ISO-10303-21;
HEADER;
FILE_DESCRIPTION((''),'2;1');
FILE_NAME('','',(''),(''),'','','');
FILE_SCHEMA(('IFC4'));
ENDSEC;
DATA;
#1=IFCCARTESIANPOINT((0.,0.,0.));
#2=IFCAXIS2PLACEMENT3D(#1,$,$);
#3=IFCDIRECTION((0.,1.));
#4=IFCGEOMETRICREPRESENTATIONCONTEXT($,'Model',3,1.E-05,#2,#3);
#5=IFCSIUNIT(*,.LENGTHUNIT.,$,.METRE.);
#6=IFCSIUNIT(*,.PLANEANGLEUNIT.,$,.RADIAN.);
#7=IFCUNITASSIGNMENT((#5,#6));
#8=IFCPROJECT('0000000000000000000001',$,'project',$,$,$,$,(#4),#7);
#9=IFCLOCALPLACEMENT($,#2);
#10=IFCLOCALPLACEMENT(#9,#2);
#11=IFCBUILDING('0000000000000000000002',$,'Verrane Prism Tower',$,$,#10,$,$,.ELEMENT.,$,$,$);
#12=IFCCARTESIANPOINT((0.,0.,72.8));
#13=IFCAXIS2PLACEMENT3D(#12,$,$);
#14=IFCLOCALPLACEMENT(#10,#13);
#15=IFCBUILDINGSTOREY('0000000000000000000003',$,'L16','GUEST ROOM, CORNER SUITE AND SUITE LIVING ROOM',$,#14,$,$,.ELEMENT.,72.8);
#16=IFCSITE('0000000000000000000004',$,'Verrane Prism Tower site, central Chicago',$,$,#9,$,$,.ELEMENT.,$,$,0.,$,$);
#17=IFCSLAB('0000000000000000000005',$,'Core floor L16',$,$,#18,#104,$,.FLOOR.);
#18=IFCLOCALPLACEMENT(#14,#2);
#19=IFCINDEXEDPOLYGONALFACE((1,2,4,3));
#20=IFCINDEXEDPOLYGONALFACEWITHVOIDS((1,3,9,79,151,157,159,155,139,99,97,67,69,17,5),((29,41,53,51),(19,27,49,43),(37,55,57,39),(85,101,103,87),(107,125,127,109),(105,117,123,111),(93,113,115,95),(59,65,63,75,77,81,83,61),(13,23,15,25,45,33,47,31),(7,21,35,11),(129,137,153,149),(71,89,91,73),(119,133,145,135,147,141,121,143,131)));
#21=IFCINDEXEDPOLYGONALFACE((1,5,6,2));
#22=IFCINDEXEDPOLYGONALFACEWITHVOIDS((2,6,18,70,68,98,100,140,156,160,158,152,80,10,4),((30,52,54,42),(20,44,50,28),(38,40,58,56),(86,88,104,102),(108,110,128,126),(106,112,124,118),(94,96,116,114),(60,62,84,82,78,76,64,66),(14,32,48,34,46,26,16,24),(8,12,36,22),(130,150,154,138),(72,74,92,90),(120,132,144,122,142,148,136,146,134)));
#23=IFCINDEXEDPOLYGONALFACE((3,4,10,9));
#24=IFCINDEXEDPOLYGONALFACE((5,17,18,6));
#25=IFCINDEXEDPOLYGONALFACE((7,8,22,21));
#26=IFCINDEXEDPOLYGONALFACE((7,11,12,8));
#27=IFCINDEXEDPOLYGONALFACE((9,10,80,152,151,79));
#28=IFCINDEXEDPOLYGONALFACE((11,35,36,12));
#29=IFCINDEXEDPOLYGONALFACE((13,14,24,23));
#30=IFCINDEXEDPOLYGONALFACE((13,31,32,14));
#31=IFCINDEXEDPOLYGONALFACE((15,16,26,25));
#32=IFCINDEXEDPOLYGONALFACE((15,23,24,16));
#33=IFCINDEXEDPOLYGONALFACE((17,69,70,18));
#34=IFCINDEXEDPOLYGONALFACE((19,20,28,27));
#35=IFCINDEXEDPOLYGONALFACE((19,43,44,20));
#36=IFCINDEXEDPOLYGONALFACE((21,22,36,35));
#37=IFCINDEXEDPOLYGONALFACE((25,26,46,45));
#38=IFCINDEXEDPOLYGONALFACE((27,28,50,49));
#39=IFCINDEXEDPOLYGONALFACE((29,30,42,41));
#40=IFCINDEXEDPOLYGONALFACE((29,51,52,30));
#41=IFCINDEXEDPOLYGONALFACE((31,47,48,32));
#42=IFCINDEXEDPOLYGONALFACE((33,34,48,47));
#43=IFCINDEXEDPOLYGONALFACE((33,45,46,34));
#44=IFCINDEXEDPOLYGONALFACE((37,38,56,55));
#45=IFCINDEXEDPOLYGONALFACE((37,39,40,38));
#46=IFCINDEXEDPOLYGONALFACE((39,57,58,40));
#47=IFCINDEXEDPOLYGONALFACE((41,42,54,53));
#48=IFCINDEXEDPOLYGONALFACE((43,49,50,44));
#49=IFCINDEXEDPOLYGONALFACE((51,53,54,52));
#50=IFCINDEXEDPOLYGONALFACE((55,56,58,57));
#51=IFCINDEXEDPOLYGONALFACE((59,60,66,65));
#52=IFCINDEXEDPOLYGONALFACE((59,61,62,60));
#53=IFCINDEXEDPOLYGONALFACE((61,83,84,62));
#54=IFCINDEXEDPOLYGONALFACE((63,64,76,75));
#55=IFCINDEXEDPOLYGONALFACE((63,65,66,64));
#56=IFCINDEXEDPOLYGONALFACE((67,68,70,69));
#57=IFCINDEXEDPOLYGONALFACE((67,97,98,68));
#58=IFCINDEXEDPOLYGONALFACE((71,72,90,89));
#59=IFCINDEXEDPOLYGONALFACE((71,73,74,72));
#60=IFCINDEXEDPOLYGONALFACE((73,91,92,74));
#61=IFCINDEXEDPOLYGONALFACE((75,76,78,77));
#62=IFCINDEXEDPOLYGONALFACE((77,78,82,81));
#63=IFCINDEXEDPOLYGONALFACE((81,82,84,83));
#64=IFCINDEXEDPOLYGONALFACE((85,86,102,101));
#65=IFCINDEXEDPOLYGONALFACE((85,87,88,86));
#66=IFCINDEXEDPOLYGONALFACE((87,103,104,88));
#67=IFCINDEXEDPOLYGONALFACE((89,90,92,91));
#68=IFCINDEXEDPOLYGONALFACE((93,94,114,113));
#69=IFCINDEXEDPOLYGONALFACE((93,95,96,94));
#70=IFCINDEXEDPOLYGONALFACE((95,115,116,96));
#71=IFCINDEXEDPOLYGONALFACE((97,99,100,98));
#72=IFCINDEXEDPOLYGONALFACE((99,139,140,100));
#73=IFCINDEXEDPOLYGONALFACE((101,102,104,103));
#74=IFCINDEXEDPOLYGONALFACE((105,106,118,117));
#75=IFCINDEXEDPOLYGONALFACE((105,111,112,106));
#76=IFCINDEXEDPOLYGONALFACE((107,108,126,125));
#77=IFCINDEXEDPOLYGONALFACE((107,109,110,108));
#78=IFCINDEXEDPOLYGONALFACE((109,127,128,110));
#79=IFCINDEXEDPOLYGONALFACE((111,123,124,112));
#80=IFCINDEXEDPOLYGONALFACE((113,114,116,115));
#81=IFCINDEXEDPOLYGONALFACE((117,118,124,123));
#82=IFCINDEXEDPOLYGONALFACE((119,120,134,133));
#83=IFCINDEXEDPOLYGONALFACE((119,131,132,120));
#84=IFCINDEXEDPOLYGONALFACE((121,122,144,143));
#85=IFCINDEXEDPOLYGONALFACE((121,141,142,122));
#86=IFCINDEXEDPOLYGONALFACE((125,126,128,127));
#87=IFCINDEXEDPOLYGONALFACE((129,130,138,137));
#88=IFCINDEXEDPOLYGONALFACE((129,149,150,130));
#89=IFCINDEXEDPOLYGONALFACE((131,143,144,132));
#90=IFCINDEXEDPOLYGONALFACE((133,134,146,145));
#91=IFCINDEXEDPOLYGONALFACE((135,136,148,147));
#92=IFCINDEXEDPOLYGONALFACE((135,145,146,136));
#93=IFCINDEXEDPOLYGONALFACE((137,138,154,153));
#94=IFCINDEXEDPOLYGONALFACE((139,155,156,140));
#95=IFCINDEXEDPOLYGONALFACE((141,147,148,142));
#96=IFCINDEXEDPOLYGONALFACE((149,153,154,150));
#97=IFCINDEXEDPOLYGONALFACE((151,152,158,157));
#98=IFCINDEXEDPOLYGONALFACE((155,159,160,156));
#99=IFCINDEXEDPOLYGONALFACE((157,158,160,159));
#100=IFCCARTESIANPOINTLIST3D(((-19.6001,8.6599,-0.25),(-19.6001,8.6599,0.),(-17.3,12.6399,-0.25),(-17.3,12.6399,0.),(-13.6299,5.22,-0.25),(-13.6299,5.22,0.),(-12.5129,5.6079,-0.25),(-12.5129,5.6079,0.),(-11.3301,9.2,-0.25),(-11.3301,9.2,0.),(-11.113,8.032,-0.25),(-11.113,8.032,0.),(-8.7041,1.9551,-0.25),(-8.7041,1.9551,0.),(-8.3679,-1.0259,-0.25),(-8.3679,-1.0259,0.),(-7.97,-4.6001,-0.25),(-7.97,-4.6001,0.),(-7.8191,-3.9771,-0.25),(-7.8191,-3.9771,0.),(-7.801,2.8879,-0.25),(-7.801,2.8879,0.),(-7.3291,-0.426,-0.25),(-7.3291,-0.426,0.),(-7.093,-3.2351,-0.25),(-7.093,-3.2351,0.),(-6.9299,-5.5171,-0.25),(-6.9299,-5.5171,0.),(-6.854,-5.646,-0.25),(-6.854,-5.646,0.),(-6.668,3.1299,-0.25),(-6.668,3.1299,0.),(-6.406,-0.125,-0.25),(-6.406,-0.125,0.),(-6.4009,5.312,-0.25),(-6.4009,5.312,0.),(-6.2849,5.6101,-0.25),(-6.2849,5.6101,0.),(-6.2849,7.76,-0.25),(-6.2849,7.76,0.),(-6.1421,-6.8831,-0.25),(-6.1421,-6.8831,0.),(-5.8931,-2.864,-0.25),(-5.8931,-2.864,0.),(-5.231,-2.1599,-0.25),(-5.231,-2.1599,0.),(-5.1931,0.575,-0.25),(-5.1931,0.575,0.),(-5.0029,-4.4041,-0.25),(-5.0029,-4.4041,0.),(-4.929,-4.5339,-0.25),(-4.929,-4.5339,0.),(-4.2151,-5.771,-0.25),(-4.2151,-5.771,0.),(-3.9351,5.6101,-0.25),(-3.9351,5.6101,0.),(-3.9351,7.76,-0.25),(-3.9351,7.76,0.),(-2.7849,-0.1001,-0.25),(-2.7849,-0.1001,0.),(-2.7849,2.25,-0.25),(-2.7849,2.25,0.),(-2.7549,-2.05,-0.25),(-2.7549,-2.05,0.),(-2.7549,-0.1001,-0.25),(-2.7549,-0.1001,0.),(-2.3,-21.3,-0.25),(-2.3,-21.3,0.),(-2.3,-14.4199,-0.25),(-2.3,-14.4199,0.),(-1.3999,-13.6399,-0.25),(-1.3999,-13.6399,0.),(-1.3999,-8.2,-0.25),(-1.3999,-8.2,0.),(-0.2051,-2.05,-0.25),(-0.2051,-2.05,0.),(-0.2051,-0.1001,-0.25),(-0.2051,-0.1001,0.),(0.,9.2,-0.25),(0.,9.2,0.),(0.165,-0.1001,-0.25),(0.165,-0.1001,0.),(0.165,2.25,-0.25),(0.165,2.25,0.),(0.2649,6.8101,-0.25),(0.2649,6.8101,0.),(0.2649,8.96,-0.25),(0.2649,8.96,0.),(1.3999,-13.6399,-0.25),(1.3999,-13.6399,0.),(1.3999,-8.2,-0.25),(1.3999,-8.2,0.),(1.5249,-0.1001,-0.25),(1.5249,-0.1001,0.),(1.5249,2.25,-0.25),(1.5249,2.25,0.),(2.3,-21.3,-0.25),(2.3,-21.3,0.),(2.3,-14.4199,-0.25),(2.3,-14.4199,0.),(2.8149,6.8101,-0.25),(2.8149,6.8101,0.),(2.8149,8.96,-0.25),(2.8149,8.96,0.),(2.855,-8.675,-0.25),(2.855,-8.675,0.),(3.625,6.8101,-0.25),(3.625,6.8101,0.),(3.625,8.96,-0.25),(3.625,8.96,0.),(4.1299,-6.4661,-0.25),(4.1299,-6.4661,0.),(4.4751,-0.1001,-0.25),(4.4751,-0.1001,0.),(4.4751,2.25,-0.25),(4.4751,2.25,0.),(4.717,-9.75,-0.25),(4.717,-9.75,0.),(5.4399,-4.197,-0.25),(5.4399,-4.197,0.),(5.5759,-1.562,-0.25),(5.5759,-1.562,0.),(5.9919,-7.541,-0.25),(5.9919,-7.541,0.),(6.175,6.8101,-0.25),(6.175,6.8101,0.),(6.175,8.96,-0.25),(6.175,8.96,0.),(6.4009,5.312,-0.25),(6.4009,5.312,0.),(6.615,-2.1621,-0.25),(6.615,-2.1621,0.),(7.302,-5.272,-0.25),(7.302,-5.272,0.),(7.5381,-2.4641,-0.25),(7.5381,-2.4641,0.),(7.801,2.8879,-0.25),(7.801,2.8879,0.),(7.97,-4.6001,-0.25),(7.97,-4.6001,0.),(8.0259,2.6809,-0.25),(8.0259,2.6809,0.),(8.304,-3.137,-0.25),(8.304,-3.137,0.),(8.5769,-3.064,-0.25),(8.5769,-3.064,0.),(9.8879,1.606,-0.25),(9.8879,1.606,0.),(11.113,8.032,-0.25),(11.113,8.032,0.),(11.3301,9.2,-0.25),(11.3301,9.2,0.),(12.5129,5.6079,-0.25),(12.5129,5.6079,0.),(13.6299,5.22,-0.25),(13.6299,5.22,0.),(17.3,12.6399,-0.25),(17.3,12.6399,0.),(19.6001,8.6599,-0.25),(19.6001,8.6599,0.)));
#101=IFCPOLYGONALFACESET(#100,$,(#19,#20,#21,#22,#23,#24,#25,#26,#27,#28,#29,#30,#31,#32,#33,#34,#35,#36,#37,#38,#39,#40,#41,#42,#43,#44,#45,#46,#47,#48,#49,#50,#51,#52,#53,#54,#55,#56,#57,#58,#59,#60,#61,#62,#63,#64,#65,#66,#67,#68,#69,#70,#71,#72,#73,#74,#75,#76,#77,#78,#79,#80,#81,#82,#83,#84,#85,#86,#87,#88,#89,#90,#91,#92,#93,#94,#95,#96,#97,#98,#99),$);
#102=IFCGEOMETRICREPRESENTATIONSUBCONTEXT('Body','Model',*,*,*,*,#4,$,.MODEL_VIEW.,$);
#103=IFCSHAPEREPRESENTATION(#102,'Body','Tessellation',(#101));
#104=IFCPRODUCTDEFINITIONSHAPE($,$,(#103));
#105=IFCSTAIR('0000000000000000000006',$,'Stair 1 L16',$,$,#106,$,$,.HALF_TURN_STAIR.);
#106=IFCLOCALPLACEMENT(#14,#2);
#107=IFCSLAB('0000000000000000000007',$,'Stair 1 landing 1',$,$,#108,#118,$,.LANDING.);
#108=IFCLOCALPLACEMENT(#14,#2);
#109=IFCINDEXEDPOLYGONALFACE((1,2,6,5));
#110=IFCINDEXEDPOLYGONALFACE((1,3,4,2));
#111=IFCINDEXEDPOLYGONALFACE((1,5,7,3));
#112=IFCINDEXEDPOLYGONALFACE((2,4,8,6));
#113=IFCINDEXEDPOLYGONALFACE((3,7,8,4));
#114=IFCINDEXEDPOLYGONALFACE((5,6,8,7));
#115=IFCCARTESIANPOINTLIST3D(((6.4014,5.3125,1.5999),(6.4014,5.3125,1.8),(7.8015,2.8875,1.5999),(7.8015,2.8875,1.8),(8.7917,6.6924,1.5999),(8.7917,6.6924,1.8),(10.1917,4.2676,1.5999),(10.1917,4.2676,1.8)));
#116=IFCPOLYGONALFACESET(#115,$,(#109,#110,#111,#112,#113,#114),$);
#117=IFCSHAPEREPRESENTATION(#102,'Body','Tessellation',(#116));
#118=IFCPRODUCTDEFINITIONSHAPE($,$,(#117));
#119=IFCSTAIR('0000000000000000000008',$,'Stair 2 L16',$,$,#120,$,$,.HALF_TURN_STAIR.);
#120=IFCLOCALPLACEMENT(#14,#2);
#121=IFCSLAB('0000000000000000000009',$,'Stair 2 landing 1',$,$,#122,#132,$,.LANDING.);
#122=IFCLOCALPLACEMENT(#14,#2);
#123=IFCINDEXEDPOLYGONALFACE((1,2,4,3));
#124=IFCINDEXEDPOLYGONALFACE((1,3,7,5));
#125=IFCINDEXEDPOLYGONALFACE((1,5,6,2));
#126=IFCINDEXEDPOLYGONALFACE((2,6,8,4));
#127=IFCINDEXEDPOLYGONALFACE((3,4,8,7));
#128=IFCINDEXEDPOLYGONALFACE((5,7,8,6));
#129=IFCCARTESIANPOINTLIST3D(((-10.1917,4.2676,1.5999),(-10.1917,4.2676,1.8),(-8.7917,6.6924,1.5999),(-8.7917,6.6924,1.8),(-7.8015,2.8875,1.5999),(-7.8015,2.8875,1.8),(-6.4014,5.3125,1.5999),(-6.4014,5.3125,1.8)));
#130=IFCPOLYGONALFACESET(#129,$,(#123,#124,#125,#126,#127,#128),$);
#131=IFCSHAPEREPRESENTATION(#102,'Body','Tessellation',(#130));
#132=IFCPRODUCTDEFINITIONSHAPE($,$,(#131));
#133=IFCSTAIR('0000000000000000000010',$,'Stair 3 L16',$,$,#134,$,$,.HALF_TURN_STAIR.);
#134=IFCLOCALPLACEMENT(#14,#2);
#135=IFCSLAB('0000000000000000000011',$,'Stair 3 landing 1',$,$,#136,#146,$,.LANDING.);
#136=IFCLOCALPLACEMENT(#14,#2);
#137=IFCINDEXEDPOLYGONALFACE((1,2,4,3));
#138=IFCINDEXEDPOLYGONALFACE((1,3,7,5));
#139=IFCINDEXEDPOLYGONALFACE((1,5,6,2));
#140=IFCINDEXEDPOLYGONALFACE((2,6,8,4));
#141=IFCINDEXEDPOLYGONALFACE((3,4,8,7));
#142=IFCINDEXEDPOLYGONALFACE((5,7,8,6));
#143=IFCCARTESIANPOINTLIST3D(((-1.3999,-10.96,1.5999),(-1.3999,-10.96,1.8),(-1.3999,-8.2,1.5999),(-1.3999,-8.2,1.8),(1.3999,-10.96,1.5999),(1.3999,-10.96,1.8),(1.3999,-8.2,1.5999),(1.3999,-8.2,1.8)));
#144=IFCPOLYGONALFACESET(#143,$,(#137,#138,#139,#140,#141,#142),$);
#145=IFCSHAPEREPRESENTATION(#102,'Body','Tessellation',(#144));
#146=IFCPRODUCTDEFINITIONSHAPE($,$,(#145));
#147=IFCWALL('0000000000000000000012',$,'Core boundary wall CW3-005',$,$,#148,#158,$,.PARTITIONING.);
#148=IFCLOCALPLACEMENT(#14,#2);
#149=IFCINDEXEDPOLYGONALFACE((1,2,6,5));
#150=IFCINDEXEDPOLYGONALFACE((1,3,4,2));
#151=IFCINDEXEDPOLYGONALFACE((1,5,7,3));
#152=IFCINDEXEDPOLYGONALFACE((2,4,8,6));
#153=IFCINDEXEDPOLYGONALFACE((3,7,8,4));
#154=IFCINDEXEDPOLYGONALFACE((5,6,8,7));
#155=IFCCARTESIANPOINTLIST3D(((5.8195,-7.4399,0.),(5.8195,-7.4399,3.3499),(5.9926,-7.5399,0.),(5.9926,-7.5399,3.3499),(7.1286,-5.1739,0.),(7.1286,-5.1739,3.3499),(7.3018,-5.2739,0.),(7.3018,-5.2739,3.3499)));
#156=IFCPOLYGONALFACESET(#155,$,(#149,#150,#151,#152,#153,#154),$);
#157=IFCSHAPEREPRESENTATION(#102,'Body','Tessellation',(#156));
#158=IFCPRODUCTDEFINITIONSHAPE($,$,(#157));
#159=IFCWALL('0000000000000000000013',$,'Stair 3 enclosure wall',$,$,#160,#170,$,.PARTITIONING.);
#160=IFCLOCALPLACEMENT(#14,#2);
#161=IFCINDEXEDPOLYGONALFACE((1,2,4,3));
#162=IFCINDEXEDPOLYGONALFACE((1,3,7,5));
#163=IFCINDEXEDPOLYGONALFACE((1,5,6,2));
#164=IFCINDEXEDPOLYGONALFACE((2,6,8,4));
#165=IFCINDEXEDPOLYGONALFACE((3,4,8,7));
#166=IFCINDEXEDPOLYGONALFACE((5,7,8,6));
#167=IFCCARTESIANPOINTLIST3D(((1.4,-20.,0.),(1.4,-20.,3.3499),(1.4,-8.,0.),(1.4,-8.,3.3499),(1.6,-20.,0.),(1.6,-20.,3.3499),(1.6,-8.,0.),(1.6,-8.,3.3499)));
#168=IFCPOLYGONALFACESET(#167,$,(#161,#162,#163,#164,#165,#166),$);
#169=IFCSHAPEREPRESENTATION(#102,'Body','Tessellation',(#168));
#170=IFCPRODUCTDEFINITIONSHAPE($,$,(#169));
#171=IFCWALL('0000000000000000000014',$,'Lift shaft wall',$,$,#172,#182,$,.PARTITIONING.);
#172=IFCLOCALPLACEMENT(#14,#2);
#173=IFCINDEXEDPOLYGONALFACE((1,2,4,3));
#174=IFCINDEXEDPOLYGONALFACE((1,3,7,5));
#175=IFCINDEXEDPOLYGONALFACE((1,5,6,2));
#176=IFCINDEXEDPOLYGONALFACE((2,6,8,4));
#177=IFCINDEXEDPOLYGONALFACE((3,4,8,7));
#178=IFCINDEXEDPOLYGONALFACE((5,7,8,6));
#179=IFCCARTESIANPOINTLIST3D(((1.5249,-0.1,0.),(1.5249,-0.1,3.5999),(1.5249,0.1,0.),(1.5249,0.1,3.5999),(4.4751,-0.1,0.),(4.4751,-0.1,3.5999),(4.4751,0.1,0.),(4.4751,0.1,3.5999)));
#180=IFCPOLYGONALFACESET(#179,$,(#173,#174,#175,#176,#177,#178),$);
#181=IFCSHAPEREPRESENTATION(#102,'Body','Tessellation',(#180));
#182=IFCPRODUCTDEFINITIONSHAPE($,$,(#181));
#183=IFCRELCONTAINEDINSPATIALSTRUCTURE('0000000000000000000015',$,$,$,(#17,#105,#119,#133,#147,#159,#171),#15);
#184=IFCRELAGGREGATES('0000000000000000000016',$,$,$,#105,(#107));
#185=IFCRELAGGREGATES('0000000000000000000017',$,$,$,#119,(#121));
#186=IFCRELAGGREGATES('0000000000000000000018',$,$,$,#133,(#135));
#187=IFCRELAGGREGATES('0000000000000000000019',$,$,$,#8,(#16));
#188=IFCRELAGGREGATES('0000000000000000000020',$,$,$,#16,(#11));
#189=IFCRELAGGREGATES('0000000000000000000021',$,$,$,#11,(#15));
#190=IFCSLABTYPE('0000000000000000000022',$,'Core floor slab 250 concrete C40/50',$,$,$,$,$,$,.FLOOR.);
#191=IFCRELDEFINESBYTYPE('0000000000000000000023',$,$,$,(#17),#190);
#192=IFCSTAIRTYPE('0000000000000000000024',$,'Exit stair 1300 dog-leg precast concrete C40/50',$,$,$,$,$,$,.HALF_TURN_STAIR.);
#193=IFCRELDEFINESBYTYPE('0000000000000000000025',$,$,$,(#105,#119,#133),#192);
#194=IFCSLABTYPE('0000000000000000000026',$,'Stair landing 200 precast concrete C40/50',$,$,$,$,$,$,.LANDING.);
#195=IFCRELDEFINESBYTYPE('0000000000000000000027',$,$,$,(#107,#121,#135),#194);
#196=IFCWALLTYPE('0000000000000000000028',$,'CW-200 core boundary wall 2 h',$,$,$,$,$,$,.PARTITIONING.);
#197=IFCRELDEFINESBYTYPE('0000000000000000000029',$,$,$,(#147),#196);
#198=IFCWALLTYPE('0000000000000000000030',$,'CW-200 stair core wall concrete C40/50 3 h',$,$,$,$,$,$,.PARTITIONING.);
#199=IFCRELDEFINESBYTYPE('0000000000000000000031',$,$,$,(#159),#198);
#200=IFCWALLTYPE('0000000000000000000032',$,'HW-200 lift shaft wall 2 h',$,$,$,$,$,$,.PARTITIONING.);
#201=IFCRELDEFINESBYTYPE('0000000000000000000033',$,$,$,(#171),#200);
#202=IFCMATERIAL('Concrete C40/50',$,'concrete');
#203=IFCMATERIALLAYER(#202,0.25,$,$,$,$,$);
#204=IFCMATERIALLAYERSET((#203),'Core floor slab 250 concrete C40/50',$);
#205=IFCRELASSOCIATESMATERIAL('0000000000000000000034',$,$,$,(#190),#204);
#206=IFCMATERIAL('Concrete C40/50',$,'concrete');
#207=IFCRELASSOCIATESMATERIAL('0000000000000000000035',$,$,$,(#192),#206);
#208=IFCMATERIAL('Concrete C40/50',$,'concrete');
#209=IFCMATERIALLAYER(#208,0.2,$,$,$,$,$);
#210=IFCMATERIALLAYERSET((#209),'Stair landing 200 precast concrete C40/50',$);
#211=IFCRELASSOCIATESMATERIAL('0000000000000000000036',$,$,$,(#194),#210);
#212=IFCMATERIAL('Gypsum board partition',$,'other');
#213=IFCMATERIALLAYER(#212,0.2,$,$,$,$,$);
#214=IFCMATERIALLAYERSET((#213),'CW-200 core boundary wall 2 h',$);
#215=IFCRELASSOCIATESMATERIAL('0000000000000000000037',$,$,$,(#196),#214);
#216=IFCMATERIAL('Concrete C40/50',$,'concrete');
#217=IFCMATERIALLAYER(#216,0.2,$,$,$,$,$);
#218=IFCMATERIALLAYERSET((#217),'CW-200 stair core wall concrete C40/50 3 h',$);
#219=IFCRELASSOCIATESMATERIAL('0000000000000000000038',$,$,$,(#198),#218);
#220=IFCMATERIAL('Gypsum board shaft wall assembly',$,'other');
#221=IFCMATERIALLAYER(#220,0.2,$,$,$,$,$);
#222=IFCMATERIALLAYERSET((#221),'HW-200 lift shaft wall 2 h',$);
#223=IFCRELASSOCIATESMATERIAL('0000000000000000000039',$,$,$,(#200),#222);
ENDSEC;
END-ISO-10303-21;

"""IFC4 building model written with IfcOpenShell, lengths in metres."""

from ifc_helpers import new_model, si_unit, direction, frame, frame_2d, origin, place, context, subcontext, project, spatial, polyline, rectangle, outline, extrude, material, layer, layer_set, type_object, element, aggregate, save


model = new_model("IFC4")

# Units and contexts
model_context = context("Model", 3, precision=1e-05, world=origin(), true_north=direction((0.0, 1.0)))
body_context = subcontext(model_context, "Body", "Model", "MODEL_VIEW")
ifc_project = project(units=[si_unit("LENGTHUNIT", "METRE"), si_unit("PLANEANGLEUNIT", "RADIAN")], contexts=[model_context])

# Site, building, storey
site_placement = place(None, origin())
site = spatial("IfcSite", under=ifc_project, at=site_placement, Name="Verrane Prism Tower site, central Chicago", CompositionType="ELEMENT", RefElevation=0.0)
building_placement = place(site_placement, origin())
building = spatial("IfcBuilding", under=site, at=building_placement, Name="Verrane Prism Tower", CompositionType="ELEMENT")
storey_placement = place(building_placement, frame((0.0, 0.0, 72.8)))
storey = spatial("IfcBuildingStorey", under=building, at=storey_placement, Name="L16", Description="GUEST ROOM, CORNER SUITE AND SUITE LIVING ROOM", CompositionType="ELEMENT", Elevation=72.8)

# Slab
ifc_material_1 = material(Name="Concrete C40/50", Category="concrete")
ifc_layer_1 = layer(ifc_material_1, 0.25)
ifc_layer_set_1 = layer_set([ifc_layer_1], Name="Core floor slab 250 concrete C40/50")
slab_type_1 = type_object("IfcSlabType", Name="Core floor slab 250 concrete C40/50", PredefinedType="FLOOR", material=ifc_layer_set_1)
slab_1_placement = place(storey_placement, frame((0.0, 0.0, -0.25)))
element("IfcSlab", 1, at=slab_1_placement, inside=storey, type_object=slab_type_1, Name="Core floor L16", PredefinedType="FLOOR", context=body_context, shape_type="SweptSolid", body=[
    extrude(outline(polyline([(13.6299, 5.22), (19.6001, 8.6599), (17.3, 12.6399), (11.3301, 9.2), (0.0, 9.2), (-11.3301, 9.2), (-17.3, 12.6399), (-19.6001, 8.6599), (-13.6299, 5.22), (-7.97, -4.6001), (-2.3, -14.4199), (-2.3, -21.3), (2.3, -21.3), (2.3, -14.4199), (7.97, -4.6001), (13.6299, 5.22)]), holes=[polyline([(1.3999, -8.2), (1.3999, -13.6399), (-1.3999, -13.6399), (-1.3999, -8.2), (1.3999, -8.2)]), polyline([(-4.2151, -5.771), (-6.1421, -6.8831), (-6.854, -5.646), (-4.929, -4.5339), (-4.2151, -5.771)]), polyline([(-5.0029, -4.4041), (-6.9299, -5.5171), (-7.8191, -3.9771), (-5.8931, -2.864), (-5.0029, -4.4041)]), polyline([(0.165, 2.25), (0.165, -0.1001), (-0.2051, -0.1001), (-0.2051, -2.05), (-2.7549, -2.05), (-2.7549, -0.1001), (-2.7849, -0.1001), (-2.7849, 2.25), (0.165, 2.25)]), polyline([(-12.5129, 5.6079), (-11.113, 8.032), (-6.4009, 5.312), (-7.801, 2.8879), (-12.5129, 5.6079)]), polyline([(-6.2849, 5.6101), (-6.2849, 7.76), (-3.9351, 7.76), (-3.9351, 5.6101), (-6.2849, 5.6101)]), polyline([(4.717, -9.75), (2.855, -8.675), (4.1299, -6.4661), (5.9919, -7.541), (4.717, -9.75)]), polyline([(8.304, -3.137), (5.5759, -1.562), (8.0259, 2.6809), (9.8879, 1.606), (7.5381, -2.4641), (8.5769, -3.064), (7.302, -5.272), (5.4399, -4.197), (6.615, -2.1621), (8.304, -3.137)]), polyline([(1.5249, -0.1001), (1.5249, 2.25), (4.4751, 2.25), (4.4751, -0.1001), (1.5249, -0.1001)]), polyline([(6.4009, 5.312), (11.113, 8.032), (12.5129, 5.6079), (7.801, 2.8879), (6.4009, 5.312)]), polyline([(0.2649, 6.8101), (0.2649, 8.96), (2.8149, 8.96), (2.8149, 6.8101), (0.2649, 6.8101)]), polyline([(3.625, 6.8101), (3.625, 8.96), (6.175, 8.96), (6.175, 6.8101), (3.625, 6.8101)]), polyline([(-5.231, -2.1599), (-7.093, -3.2351), (-8.3679, -1.0259), (-7.3291, -0.426), (-8.7041, 1.9551), (-6.668, 3.1299), (-5.1931, 0.575), (-6.406, -0.125), (-5.231, -2.1599)])]), origin(), (0.0, 0.0, 1.0), 0.25),
])

# Stairs, slabs
ifc_material_2 = material(Name="Concrete C40/50", Category="concrete")
stair_type = type_object("IfcStairType", Name="Exit stair 1300 dog-leg precast concrete C40/50", PredefinedType="HALF_TURN_STAIR", material=ifc_material_2)
stair_1_placement = place(storey_placement, origin())
stair_1 = element("IfcStair", 2, at=stair_1_placement, inside=storey, type_object=stair_type, Name="Stair 1 L16", PredefinedType="HALF_TURN_STAIR")
ifc_material_3 = material(Name="Concrete C40/50", Category="concrete")
ifc_layer_2 = layer(ifc_material_3, 0.2)
ifc_layer_set_2 = layer_set([ifc_layer_2], Name="Stair landing 200 precast concrete C40/50")
slab_type_2 = type_object("IfcSlabType", Name="Stair landing 200 precast concrete C40/50", PredefinedType="LANDING", material=ifc_layer_set_2)
slab_2_placement = place(storey_placement, frame((0.0, 0.0, 1.5999)))
slab_2 = element("IfcSlab", 3, at=slab_2_placement, type_object=slab_type_2, Name="Stair 1 landing 1", PredefinedType="LANDING", context=body_context, shape_type="SweptSolid", body=[
    extrude(outline(polyline([(8.7917, 6.6924), (6.4014, 5.3125), (7.8015, 2.8875), (10.1917, 4.2676), (8.7917, 6.6924)])), origin(), (0.0, 0.0, 1.0), 0.2002),
])
aggregate(stair_1, [slab_2])
stair_2_placement = place(storey_placement, origin())
stair_2 = element("IfcStair", 4, at=stair_2_placement, inside=storey, type_object=stair_type, Name="Stair 2 L16", PredefinedType="HALF_TURN_STAIR")
slab_3_placement = place(storey_placement, frame((0.0, 0.0, 1.5999)))
slab_3 = element("IfcSlab", 5, at=slab_3_placement, type_object=slab_type_2, Name="Stair 2 landing 1", PredefinedType="LANDING", context=body_context, shape_type="SweptSolid", body=[
    extrude(outline(polyline([(-10.1917, 4.2676), (-7.8015, 2.8875), (-6.4014, 5.3125), (-8.7917, 6.6924), (-10.1917, 4.2676)])), origin(), (0.0, 0.0, 1.0), 0.2002),
])
aggregate(stair_2, [slab_3])
stair_3_placement = place(storey_placement, origin())
stair_3 = element("IfcStair", 6, at=stair_3_placement, inside=storey, type_object=stair_type, Name="Stair 3 L16", PredefinedType="HALF_TURN_STAIR")
slab_4_placement = place(storey_placement, frame((0.0, 0.0, 1.5999)))
slab_4 = element("IfcSlab", 7, at=slab_4_placement, type_object=slab_type_2, Name="Stair 3 landing 1", PredefinedType="LANDING", context=body_context, shape_type="SweptSolid", body=[
    extrude(outline(polyline([(1.3999, -10.96), (1.3999, -8.2), (-1.3999, -8.2), (-1.3999, -10.96), (1.3999, -10.96)])), origin(), (0.0, 0.0, 1.0), 0.2002),
])
aggregate(stair_3, [slab_4])

# Walls
ifc_material_4 = material(Name="Gypsum board partition", Category="other")
ifc_layer_3 = layer(ifc_material_4, 0.2)
ifc_layer_set_3 = layer_set([ifc_layer_3], Name="CW-200 core boundary wall 2 h")
wall_type_1 = type_object("IfcWallType", Name="CW-200 core boundary wall 2 h", PredefinedType="PARTITIONING", material=ifc_layer_set_3)
wall_1_placement = place(storey_placement, frame((5.906, -7.49, 0.0), z_axis=(0.0, 0.0, 1.0), x_axis=(0.500253, 0.865879, 0.0)))
element("IfcWall", 8, at=wall_1_placement, inside=storey, type_object=wall_type_1, Name="Core boundary wall CW3-005", PredefinedType="PARTITIONING", context=body_context, shape_type="SweptSolid", body=[
    extrude(rectangle(XDim=2.6169, YDim=0.2, at=frame_2d((1.3086, 0.0))), origin(), (0.0, 0.0, 1.0), 3.3499),
])
ifc_material_5 = material(Name="Concrete C40/50", Category="concrete")
ifc_layer_4 = layer(ifc_material_5, 0.2)
ifc_layer_set_4 = layer_set([ifc_layer_4], Name="CW-200 stair core wall concrete C40/50 3 h")
wall_type_2 = type_object("IfcWallType", Name="CW-200 stair core wall concrete C40/50 3 h", PredefinedType="PARTITIONING", material=ifc_layer_set_4)
wall_2_placement = place(storey_placement, frame((1.5, -8.0, 0.0), z_axis=(0.0, 0.0, 1.0), x_axis=(0.0, -1.0, 0.0)))
element("IfcWall", 9, at=wall_2_placement, inside=storey, type_object=wall_type_2, Name="Stair 3 enclosure wall", PredefinedType="PARTITIONING", context=body_context, shape_type="SweptSolid", body=[
    extrude(rectangle(XDim=12.0, YDim=0.2, at=frame_2d((6.0, 0.0))), origin(), (0.0, 0.0, 1.0), 3.3499),
])
ifc_material_6 = material(Name="Gypsum board shaft wall assembly", Category="other")
ifc_layer_5 = layer(ifc_material_6, 0.2)
ifc_layer_set_5 = layer_set([ifc_layer_5], Name="HW-200 lift shaft wall 2 h")
wall_type_3 = type_object("IfcWallType", Name="HW-200 lift shaft wall 2 h", PredefinedType="PARTITIONING", material=ifc_layer_set_5)
wall_3_placement = place(storey_placement, frame((1.5249, 0.0, 0.0), z_axis=(0.0, 0.0, 1.0), x_axis=(1.0, 0.0, 0.0)))
element("IfcWall", 10, at=wall_3_placement, inside=storey, type_object=wall_type_3, Name="Lift shaft wall", PredefinedType="PARTITIONING", context=body_context, shape_type="SweptSolid", body=[
    extrude(rectangle(XDim=2.9502, YDim=0.2, at=frame_2d((1.4751, 0.0))), origin(), (0.0, 0.0, 1.0), 3.5999),
])

save(model, "model.ifc")
